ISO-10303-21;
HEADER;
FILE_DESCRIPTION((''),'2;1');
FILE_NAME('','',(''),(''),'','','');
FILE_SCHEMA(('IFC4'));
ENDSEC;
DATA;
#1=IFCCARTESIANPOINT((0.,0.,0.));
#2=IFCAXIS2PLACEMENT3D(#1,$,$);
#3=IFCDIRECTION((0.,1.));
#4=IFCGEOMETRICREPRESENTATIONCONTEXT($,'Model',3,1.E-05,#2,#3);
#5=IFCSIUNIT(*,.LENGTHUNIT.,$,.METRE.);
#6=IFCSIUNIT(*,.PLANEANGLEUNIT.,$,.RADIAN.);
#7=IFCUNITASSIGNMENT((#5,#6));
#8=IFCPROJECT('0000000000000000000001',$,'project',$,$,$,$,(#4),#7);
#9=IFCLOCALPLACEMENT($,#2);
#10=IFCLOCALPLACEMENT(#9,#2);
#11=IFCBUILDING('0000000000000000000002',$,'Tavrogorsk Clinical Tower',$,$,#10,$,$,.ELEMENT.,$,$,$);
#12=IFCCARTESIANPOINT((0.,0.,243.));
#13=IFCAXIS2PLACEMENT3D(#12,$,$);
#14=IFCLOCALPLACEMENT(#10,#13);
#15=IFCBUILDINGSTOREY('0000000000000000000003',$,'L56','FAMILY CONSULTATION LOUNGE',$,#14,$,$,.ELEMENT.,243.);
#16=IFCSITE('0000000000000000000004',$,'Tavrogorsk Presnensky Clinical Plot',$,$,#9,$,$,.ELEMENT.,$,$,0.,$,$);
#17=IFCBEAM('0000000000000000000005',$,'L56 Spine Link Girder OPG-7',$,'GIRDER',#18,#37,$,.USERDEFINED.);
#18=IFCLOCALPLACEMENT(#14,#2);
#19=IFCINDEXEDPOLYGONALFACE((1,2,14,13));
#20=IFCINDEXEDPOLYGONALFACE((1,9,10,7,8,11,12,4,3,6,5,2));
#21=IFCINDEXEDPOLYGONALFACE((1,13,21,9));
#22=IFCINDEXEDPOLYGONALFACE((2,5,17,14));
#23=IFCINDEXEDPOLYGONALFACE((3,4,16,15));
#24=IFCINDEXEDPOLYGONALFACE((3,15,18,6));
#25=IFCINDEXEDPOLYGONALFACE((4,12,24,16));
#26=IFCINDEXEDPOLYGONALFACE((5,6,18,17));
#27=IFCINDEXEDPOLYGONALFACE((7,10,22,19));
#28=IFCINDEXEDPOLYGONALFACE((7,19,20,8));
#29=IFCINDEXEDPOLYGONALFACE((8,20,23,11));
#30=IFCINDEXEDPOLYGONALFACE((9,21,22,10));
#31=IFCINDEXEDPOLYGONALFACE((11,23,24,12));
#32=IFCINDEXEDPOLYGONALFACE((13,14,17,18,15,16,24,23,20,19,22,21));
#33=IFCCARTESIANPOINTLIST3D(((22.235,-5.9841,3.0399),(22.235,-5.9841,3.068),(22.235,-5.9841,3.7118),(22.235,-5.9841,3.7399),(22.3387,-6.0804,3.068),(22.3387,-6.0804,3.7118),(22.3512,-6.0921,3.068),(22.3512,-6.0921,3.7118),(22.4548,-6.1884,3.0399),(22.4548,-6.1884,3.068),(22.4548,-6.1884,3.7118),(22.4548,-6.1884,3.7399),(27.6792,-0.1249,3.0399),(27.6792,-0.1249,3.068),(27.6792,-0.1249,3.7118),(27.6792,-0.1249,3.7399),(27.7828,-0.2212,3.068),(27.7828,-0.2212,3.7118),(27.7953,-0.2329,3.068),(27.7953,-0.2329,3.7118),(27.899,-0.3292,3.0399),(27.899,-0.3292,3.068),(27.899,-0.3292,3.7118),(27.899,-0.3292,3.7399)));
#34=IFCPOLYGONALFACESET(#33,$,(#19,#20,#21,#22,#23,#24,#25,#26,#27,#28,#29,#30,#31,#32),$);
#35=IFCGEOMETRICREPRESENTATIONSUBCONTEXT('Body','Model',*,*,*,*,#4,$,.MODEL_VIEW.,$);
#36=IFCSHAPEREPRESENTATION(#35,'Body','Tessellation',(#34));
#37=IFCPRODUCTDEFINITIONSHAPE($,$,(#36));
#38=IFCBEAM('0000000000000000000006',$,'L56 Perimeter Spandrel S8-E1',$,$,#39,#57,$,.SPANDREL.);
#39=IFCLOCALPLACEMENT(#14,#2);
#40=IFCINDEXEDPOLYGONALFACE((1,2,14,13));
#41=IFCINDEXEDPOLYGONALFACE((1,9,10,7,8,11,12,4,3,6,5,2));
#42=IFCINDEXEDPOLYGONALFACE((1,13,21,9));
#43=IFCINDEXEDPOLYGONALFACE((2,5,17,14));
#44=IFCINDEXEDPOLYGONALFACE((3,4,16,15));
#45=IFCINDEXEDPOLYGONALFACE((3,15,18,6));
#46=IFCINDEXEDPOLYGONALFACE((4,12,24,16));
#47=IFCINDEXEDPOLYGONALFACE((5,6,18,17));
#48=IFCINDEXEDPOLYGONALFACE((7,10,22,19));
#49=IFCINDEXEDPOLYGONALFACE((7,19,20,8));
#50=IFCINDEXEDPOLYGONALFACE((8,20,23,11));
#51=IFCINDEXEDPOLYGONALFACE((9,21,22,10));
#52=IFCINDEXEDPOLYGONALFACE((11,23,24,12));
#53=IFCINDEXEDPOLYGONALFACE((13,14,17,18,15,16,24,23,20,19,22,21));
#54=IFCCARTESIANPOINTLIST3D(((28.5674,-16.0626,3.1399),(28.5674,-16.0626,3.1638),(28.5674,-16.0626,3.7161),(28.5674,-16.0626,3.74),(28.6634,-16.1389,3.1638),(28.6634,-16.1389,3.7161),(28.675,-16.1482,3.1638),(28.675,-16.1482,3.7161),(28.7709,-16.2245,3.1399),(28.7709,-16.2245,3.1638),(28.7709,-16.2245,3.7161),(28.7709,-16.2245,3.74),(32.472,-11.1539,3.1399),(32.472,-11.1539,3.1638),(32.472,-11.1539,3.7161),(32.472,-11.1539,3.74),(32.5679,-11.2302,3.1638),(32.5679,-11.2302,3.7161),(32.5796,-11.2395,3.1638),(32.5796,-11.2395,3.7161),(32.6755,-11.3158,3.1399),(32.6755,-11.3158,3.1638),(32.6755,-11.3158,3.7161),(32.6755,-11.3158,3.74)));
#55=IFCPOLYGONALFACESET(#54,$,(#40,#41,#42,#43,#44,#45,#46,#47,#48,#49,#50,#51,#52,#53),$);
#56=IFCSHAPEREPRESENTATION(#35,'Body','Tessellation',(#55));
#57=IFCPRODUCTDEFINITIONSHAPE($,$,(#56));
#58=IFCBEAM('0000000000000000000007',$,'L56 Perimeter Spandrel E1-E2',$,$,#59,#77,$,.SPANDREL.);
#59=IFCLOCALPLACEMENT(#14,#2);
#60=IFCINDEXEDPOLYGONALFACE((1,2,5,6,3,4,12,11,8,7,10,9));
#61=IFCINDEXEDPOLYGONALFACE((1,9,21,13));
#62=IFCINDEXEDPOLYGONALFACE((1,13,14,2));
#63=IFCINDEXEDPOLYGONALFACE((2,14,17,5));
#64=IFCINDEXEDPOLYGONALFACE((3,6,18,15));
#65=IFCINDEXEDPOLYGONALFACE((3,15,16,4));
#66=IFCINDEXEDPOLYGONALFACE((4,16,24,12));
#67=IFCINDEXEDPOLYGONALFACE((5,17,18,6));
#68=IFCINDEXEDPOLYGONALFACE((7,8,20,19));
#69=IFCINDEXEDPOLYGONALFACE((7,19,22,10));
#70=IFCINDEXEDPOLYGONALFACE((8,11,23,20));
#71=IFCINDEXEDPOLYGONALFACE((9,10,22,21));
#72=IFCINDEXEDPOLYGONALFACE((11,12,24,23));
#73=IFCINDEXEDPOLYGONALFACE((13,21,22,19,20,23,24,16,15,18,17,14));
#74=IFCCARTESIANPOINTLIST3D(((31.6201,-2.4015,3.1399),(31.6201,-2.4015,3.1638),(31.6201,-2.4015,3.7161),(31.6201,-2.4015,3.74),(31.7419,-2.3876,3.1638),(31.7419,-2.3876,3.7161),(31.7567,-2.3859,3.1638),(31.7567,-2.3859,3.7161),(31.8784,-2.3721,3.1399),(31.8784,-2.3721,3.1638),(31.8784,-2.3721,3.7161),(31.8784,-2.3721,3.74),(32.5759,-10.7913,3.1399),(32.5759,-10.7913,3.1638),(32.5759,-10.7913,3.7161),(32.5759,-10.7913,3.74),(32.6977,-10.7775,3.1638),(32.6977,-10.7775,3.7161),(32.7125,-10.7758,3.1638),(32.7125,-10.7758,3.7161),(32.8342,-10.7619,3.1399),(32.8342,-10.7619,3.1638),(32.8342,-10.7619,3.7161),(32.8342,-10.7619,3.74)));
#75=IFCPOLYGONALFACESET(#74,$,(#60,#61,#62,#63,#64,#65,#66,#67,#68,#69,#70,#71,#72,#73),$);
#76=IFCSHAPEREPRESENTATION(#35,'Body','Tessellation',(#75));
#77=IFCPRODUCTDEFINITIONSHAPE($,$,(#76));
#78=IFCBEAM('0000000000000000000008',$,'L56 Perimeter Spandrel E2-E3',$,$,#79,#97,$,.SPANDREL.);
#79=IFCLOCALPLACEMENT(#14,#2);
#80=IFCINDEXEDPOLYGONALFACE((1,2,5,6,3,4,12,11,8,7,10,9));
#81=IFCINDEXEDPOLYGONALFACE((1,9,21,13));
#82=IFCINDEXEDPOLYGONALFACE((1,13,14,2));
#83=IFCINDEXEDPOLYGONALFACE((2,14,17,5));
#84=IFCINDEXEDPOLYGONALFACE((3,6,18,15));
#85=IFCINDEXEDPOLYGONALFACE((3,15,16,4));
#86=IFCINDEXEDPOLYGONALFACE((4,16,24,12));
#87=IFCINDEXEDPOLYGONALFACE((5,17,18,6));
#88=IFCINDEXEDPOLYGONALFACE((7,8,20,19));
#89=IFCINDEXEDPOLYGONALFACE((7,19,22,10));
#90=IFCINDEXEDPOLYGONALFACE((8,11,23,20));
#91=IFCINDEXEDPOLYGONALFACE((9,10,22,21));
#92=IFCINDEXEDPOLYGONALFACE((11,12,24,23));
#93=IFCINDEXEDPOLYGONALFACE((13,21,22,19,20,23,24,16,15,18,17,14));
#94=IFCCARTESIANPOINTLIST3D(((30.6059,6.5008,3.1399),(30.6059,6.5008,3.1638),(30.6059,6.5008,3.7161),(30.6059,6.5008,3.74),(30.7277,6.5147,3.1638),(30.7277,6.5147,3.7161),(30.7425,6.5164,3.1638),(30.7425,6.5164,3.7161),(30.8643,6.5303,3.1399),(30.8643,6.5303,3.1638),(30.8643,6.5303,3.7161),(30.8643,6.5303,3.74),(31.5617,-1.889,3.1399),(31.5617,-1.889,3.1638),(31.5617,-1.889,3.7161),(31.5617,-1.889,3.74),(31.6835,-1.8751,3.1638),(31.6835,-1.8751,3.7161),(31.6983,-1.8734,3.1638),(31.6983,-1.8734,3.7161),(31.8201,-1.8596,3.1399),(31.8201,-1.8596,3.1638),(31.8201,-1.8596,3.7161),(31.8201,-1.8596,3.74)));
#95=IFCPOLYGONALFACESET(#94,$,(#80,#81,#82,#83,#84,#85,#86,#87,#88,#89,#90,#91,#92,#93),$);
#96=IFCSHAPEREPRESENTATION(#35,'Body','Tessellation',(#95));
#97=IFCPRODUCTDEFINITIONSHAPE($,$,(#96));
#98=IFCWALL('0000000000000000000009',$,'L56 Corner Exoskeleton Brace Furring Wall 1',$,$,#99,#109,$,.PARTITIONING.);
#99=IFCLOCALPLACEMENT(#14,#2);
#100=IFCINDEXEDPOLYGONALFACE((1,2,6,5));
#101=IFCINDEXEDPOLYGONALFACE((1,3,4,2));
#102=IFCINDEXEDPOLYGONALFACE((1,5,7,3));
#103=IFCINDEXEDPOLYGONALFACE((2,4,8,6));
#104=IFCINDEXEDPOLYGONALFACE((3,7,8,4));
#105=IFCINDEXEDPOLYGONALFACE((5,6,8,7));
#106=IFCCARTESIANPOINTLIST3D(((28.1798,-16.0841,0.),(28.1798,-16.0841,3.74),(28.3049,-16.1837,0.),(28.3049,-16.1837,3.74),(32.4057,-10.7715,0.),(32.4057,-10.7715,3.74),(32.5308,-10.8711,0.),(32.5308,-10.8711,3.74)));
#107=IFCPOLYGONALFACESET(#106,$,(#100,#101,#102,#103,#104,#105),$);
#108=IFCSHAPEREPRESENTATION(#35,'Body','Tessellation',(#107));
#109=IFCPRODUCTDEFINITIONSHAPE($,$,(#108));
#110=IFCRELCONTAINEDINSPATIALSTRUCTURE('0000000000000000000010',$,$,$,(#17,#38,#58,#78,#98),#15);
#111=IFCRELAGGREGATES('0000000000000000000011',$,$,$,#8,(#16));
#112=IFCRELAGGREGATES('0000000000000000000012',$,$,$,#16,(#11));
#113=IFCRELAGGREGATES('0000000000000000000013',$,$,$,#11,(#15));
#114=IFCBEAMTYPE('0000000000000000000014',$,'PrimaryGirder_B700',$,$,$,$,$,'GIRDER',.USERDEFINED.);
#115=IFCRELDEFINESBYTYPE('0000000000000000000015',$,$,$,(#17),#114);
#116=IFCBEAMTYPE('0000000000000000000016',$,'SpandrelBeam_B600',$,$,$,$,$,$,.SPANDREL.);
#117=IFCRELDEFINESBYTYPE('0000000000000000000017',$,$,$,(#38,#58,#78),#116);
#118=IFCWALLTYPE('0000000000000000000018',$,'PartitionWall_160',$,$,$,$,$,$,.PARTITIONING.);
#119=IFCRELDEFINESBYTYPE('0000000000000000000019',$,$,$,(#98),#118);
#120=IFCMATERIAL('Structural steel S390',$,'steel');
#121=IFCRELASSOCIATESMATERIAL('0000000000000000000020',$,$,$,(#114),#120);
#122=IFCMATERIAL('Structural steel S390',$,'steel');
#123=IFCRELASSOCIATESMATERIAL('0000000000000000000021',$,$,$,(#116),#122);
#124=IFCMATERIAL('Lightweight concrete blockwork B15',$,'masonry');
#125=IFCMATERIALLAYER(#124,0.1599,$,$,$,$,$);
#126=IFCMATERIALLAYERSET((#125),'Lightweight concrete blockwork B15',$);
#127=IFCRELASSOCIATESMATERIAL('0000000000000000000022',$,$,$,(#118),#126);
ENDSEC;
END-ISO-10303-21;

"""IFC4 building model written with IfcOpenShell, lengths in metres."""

from ifc_helpers import new_model, si_unit, direction, frame, frame_2d, origin, origin_2d, place, context, subcontext, project, spatial, rectangle, i_section, extrude, material, layer, layer_set, material_profile, profile_set, type_object, element, save


model = new_model("IFC4")

# Units and contexts
model_context = context("Model", 3, precision=1e-05, world=origin(), true_north=direction((0.0, 1.0)))
body_context = subcontext(model_context, "Body", "Model", "MODEL_VIEW")
ifc_project = project(units=[si_unit("LENGTHUNIT", "METRE"), si_unit("PLANEANGLEUNIT", "RADIAN")], contexts=[model_context])

# Site, building, storey
site_placement = place(None, origin())
site = spatial("IfcSite", under=ifc_project, at=site_placement, Name="Tavrogorsk Presnensky Clinical Plot", CompositionType="ELEMENT", RefElevation=0.0)
building_placement = place(site_placement, origin())
building = spatial("IfcBuilding", under=site, at=building_placement, Name="Tavrogorsk Clinical Tower", CompositionType="ELEMENT")
storey_placement = place(building_placement, frame((0.0, 0.0, 243.0)))
storey = spatial("IfcBuildingStorey", under=building, at=storey_placement, Name="L56", Description="FAMILY CONSULTATION LOUNGE", CompositionType="ELEMENT", Elevation=243.0)

# Beams
ifc_material_1 = material(Name="Structural steel S390", Category="steel")
ifc_material_profile_1 = material_profile(ifc_material_1, i_section(OverallWidth=0.3, OverallDepth=0.7, WebThickness=0.0171, FlangeThickness=0.0281, at=origin_2d()), Name="B-700x300x17x28")
ifc_profile_set_1 = profile_set([ifc_material_profile_1], Name="Structural steel S390")
beam_type_1 = type_object("IfcBeamType", Name="PrimaryGirder_B700", ElementType="GIRDER", PredefinedType="USERDEFINED", material=ifc_profile_set_1)
beam_1_placement = place(storey_placement, frame((27.7891, -0.2271, 3.3899), z_axis=(-0.680684, -0.732577, 0.0), x_axis=(0.732577, -0.680684, 0.0)))
element("IfcBeam", 1, at=beam_1_placement, inside=storey, type_object=beam_type_1, Name="L56 Spine Link Girder OPG-7", ObjectType="GIRDER", PredefinedType="USERDEFINED", context=body_context, shape_type="SweptSolid", body=[
    extrude(i_section(OverallWidth=0.3, OverallDepth=0.7, WebThickness=0.0171, FlangeThickness=0.0281, at=origin_2d()), origin(), (0.0, 0.0, 1.0), 7.998),
])
ifc_material_2 = material(Name="Structural steel S390", Category="steel")
ifc_material_profile_2 = material_profile(ifc_material_2, i_section(OverallWidth=0.26, OverallDepth=0.6001, WebThickness=0.0149, FlangeThickness=0.0239, at=origin_2d()), Name="B-600x260x15x24")
ifc_profile_set_2 = profile_set([ifc_material_profile_2], Name="Structural steel S390")
beam_type_2 = type_object("IfcBeamType", Name="SpandrelBeam_B600", PredefinedType="SPANDREL", material=ifc_profile_set_2)
beam_2_placement = place(storey_placement, frame((28.6692, -16.1436, 3.4399), z_axis=(0.622514, 0.782609, 0.0), x_axis=(-0.782609, 0.622514, 0.0)))
element("IfcBeam", 2, at=beam_2_placement, inside=storey, type_object=beam_type_2, Name="L56 Perimeter Spandrel S8-E1", PredefinedType="SPANDREL", context=body_context, shape_type="SweptSolid", body=[
    extrude(i_section(OverallWidth=0.26, OverallDepth=0.6001, WebThickness=0.0149, FlangeThickness=0.0239, at=origin_2d()), origin(), (0.0, 0.0, 1.0), 6.2722),
])
for number, where, z_axis, x_axis, name in (
    (3, (32.7051, -10.7766, 3.4399), (-0.113192, 0.993573, 0.0), (-0.993573, -0.113192, 0.0), "L56 Perimeter Spandrel E1-E2"),
    (4, (31.6909, -1.8743, 3.4399), (-0.113192, 0.993573, 0.0), (-0.993573, -0.113192, 0.0), "L56 Perimeter Spandrel E2-E3"),
):
    element("IfcBeam", number, at=place(storey_placement, frame(where, z_axis=z_axis, x_axis=x_axis)), inside=storey, type_object=beam_type_2, Name=name, PredefinedType="SPANDREL", context=body_context, shape_type="SweptSolid", body=[
        extrude(i_section(OverallWidth=0.26, OverallDepth=0.6001, WebThickness=0.0149, FlangeThickness=0.0239, at=origin_2d()), origin(), (0.0, 0.0, 1.0), 8.4441),
    ])

# Wall
ifc_material_3 = material(Name="Lightweight concrete blockwork B15", Category="masonry")
ifc_layer_1 = layer(ifc_material_3, 0.1599)
ifc_layer_set_1 = layer_set([ifc_layer_1], Name="Lightweight concrete blockwork B15")
wall_type_1 = type_object("IfcWallType", Name="PartitionWall_160", PredefinedType="PARTITIONING", material=ifc_layer_set_1)
wall_1_placement = place(storey_placement, frame((28.2424, -16.1338, 0.0), z_axis=(0.0, 0.0, 1.0), x_axis=(0.622522, 0.782603, 0.0)))
element("IfcWall", 5, at=wall_1_placement, inside=storey, type_object=wall_type_1, Name="L56 Corner Exoskeleton Brace Furring Wall 1", PredefinedType="PARTITIONING", context=body_context, shape_type="SweptSolid", body=[
    extrude(rectangle(XDim=6.7883, YDim=0.1599, at=frame_2d((3.394, 0.0))), origin(), (0.0, 0.0, 1.0), 3.74),
])

save(model, "model.ifc")
